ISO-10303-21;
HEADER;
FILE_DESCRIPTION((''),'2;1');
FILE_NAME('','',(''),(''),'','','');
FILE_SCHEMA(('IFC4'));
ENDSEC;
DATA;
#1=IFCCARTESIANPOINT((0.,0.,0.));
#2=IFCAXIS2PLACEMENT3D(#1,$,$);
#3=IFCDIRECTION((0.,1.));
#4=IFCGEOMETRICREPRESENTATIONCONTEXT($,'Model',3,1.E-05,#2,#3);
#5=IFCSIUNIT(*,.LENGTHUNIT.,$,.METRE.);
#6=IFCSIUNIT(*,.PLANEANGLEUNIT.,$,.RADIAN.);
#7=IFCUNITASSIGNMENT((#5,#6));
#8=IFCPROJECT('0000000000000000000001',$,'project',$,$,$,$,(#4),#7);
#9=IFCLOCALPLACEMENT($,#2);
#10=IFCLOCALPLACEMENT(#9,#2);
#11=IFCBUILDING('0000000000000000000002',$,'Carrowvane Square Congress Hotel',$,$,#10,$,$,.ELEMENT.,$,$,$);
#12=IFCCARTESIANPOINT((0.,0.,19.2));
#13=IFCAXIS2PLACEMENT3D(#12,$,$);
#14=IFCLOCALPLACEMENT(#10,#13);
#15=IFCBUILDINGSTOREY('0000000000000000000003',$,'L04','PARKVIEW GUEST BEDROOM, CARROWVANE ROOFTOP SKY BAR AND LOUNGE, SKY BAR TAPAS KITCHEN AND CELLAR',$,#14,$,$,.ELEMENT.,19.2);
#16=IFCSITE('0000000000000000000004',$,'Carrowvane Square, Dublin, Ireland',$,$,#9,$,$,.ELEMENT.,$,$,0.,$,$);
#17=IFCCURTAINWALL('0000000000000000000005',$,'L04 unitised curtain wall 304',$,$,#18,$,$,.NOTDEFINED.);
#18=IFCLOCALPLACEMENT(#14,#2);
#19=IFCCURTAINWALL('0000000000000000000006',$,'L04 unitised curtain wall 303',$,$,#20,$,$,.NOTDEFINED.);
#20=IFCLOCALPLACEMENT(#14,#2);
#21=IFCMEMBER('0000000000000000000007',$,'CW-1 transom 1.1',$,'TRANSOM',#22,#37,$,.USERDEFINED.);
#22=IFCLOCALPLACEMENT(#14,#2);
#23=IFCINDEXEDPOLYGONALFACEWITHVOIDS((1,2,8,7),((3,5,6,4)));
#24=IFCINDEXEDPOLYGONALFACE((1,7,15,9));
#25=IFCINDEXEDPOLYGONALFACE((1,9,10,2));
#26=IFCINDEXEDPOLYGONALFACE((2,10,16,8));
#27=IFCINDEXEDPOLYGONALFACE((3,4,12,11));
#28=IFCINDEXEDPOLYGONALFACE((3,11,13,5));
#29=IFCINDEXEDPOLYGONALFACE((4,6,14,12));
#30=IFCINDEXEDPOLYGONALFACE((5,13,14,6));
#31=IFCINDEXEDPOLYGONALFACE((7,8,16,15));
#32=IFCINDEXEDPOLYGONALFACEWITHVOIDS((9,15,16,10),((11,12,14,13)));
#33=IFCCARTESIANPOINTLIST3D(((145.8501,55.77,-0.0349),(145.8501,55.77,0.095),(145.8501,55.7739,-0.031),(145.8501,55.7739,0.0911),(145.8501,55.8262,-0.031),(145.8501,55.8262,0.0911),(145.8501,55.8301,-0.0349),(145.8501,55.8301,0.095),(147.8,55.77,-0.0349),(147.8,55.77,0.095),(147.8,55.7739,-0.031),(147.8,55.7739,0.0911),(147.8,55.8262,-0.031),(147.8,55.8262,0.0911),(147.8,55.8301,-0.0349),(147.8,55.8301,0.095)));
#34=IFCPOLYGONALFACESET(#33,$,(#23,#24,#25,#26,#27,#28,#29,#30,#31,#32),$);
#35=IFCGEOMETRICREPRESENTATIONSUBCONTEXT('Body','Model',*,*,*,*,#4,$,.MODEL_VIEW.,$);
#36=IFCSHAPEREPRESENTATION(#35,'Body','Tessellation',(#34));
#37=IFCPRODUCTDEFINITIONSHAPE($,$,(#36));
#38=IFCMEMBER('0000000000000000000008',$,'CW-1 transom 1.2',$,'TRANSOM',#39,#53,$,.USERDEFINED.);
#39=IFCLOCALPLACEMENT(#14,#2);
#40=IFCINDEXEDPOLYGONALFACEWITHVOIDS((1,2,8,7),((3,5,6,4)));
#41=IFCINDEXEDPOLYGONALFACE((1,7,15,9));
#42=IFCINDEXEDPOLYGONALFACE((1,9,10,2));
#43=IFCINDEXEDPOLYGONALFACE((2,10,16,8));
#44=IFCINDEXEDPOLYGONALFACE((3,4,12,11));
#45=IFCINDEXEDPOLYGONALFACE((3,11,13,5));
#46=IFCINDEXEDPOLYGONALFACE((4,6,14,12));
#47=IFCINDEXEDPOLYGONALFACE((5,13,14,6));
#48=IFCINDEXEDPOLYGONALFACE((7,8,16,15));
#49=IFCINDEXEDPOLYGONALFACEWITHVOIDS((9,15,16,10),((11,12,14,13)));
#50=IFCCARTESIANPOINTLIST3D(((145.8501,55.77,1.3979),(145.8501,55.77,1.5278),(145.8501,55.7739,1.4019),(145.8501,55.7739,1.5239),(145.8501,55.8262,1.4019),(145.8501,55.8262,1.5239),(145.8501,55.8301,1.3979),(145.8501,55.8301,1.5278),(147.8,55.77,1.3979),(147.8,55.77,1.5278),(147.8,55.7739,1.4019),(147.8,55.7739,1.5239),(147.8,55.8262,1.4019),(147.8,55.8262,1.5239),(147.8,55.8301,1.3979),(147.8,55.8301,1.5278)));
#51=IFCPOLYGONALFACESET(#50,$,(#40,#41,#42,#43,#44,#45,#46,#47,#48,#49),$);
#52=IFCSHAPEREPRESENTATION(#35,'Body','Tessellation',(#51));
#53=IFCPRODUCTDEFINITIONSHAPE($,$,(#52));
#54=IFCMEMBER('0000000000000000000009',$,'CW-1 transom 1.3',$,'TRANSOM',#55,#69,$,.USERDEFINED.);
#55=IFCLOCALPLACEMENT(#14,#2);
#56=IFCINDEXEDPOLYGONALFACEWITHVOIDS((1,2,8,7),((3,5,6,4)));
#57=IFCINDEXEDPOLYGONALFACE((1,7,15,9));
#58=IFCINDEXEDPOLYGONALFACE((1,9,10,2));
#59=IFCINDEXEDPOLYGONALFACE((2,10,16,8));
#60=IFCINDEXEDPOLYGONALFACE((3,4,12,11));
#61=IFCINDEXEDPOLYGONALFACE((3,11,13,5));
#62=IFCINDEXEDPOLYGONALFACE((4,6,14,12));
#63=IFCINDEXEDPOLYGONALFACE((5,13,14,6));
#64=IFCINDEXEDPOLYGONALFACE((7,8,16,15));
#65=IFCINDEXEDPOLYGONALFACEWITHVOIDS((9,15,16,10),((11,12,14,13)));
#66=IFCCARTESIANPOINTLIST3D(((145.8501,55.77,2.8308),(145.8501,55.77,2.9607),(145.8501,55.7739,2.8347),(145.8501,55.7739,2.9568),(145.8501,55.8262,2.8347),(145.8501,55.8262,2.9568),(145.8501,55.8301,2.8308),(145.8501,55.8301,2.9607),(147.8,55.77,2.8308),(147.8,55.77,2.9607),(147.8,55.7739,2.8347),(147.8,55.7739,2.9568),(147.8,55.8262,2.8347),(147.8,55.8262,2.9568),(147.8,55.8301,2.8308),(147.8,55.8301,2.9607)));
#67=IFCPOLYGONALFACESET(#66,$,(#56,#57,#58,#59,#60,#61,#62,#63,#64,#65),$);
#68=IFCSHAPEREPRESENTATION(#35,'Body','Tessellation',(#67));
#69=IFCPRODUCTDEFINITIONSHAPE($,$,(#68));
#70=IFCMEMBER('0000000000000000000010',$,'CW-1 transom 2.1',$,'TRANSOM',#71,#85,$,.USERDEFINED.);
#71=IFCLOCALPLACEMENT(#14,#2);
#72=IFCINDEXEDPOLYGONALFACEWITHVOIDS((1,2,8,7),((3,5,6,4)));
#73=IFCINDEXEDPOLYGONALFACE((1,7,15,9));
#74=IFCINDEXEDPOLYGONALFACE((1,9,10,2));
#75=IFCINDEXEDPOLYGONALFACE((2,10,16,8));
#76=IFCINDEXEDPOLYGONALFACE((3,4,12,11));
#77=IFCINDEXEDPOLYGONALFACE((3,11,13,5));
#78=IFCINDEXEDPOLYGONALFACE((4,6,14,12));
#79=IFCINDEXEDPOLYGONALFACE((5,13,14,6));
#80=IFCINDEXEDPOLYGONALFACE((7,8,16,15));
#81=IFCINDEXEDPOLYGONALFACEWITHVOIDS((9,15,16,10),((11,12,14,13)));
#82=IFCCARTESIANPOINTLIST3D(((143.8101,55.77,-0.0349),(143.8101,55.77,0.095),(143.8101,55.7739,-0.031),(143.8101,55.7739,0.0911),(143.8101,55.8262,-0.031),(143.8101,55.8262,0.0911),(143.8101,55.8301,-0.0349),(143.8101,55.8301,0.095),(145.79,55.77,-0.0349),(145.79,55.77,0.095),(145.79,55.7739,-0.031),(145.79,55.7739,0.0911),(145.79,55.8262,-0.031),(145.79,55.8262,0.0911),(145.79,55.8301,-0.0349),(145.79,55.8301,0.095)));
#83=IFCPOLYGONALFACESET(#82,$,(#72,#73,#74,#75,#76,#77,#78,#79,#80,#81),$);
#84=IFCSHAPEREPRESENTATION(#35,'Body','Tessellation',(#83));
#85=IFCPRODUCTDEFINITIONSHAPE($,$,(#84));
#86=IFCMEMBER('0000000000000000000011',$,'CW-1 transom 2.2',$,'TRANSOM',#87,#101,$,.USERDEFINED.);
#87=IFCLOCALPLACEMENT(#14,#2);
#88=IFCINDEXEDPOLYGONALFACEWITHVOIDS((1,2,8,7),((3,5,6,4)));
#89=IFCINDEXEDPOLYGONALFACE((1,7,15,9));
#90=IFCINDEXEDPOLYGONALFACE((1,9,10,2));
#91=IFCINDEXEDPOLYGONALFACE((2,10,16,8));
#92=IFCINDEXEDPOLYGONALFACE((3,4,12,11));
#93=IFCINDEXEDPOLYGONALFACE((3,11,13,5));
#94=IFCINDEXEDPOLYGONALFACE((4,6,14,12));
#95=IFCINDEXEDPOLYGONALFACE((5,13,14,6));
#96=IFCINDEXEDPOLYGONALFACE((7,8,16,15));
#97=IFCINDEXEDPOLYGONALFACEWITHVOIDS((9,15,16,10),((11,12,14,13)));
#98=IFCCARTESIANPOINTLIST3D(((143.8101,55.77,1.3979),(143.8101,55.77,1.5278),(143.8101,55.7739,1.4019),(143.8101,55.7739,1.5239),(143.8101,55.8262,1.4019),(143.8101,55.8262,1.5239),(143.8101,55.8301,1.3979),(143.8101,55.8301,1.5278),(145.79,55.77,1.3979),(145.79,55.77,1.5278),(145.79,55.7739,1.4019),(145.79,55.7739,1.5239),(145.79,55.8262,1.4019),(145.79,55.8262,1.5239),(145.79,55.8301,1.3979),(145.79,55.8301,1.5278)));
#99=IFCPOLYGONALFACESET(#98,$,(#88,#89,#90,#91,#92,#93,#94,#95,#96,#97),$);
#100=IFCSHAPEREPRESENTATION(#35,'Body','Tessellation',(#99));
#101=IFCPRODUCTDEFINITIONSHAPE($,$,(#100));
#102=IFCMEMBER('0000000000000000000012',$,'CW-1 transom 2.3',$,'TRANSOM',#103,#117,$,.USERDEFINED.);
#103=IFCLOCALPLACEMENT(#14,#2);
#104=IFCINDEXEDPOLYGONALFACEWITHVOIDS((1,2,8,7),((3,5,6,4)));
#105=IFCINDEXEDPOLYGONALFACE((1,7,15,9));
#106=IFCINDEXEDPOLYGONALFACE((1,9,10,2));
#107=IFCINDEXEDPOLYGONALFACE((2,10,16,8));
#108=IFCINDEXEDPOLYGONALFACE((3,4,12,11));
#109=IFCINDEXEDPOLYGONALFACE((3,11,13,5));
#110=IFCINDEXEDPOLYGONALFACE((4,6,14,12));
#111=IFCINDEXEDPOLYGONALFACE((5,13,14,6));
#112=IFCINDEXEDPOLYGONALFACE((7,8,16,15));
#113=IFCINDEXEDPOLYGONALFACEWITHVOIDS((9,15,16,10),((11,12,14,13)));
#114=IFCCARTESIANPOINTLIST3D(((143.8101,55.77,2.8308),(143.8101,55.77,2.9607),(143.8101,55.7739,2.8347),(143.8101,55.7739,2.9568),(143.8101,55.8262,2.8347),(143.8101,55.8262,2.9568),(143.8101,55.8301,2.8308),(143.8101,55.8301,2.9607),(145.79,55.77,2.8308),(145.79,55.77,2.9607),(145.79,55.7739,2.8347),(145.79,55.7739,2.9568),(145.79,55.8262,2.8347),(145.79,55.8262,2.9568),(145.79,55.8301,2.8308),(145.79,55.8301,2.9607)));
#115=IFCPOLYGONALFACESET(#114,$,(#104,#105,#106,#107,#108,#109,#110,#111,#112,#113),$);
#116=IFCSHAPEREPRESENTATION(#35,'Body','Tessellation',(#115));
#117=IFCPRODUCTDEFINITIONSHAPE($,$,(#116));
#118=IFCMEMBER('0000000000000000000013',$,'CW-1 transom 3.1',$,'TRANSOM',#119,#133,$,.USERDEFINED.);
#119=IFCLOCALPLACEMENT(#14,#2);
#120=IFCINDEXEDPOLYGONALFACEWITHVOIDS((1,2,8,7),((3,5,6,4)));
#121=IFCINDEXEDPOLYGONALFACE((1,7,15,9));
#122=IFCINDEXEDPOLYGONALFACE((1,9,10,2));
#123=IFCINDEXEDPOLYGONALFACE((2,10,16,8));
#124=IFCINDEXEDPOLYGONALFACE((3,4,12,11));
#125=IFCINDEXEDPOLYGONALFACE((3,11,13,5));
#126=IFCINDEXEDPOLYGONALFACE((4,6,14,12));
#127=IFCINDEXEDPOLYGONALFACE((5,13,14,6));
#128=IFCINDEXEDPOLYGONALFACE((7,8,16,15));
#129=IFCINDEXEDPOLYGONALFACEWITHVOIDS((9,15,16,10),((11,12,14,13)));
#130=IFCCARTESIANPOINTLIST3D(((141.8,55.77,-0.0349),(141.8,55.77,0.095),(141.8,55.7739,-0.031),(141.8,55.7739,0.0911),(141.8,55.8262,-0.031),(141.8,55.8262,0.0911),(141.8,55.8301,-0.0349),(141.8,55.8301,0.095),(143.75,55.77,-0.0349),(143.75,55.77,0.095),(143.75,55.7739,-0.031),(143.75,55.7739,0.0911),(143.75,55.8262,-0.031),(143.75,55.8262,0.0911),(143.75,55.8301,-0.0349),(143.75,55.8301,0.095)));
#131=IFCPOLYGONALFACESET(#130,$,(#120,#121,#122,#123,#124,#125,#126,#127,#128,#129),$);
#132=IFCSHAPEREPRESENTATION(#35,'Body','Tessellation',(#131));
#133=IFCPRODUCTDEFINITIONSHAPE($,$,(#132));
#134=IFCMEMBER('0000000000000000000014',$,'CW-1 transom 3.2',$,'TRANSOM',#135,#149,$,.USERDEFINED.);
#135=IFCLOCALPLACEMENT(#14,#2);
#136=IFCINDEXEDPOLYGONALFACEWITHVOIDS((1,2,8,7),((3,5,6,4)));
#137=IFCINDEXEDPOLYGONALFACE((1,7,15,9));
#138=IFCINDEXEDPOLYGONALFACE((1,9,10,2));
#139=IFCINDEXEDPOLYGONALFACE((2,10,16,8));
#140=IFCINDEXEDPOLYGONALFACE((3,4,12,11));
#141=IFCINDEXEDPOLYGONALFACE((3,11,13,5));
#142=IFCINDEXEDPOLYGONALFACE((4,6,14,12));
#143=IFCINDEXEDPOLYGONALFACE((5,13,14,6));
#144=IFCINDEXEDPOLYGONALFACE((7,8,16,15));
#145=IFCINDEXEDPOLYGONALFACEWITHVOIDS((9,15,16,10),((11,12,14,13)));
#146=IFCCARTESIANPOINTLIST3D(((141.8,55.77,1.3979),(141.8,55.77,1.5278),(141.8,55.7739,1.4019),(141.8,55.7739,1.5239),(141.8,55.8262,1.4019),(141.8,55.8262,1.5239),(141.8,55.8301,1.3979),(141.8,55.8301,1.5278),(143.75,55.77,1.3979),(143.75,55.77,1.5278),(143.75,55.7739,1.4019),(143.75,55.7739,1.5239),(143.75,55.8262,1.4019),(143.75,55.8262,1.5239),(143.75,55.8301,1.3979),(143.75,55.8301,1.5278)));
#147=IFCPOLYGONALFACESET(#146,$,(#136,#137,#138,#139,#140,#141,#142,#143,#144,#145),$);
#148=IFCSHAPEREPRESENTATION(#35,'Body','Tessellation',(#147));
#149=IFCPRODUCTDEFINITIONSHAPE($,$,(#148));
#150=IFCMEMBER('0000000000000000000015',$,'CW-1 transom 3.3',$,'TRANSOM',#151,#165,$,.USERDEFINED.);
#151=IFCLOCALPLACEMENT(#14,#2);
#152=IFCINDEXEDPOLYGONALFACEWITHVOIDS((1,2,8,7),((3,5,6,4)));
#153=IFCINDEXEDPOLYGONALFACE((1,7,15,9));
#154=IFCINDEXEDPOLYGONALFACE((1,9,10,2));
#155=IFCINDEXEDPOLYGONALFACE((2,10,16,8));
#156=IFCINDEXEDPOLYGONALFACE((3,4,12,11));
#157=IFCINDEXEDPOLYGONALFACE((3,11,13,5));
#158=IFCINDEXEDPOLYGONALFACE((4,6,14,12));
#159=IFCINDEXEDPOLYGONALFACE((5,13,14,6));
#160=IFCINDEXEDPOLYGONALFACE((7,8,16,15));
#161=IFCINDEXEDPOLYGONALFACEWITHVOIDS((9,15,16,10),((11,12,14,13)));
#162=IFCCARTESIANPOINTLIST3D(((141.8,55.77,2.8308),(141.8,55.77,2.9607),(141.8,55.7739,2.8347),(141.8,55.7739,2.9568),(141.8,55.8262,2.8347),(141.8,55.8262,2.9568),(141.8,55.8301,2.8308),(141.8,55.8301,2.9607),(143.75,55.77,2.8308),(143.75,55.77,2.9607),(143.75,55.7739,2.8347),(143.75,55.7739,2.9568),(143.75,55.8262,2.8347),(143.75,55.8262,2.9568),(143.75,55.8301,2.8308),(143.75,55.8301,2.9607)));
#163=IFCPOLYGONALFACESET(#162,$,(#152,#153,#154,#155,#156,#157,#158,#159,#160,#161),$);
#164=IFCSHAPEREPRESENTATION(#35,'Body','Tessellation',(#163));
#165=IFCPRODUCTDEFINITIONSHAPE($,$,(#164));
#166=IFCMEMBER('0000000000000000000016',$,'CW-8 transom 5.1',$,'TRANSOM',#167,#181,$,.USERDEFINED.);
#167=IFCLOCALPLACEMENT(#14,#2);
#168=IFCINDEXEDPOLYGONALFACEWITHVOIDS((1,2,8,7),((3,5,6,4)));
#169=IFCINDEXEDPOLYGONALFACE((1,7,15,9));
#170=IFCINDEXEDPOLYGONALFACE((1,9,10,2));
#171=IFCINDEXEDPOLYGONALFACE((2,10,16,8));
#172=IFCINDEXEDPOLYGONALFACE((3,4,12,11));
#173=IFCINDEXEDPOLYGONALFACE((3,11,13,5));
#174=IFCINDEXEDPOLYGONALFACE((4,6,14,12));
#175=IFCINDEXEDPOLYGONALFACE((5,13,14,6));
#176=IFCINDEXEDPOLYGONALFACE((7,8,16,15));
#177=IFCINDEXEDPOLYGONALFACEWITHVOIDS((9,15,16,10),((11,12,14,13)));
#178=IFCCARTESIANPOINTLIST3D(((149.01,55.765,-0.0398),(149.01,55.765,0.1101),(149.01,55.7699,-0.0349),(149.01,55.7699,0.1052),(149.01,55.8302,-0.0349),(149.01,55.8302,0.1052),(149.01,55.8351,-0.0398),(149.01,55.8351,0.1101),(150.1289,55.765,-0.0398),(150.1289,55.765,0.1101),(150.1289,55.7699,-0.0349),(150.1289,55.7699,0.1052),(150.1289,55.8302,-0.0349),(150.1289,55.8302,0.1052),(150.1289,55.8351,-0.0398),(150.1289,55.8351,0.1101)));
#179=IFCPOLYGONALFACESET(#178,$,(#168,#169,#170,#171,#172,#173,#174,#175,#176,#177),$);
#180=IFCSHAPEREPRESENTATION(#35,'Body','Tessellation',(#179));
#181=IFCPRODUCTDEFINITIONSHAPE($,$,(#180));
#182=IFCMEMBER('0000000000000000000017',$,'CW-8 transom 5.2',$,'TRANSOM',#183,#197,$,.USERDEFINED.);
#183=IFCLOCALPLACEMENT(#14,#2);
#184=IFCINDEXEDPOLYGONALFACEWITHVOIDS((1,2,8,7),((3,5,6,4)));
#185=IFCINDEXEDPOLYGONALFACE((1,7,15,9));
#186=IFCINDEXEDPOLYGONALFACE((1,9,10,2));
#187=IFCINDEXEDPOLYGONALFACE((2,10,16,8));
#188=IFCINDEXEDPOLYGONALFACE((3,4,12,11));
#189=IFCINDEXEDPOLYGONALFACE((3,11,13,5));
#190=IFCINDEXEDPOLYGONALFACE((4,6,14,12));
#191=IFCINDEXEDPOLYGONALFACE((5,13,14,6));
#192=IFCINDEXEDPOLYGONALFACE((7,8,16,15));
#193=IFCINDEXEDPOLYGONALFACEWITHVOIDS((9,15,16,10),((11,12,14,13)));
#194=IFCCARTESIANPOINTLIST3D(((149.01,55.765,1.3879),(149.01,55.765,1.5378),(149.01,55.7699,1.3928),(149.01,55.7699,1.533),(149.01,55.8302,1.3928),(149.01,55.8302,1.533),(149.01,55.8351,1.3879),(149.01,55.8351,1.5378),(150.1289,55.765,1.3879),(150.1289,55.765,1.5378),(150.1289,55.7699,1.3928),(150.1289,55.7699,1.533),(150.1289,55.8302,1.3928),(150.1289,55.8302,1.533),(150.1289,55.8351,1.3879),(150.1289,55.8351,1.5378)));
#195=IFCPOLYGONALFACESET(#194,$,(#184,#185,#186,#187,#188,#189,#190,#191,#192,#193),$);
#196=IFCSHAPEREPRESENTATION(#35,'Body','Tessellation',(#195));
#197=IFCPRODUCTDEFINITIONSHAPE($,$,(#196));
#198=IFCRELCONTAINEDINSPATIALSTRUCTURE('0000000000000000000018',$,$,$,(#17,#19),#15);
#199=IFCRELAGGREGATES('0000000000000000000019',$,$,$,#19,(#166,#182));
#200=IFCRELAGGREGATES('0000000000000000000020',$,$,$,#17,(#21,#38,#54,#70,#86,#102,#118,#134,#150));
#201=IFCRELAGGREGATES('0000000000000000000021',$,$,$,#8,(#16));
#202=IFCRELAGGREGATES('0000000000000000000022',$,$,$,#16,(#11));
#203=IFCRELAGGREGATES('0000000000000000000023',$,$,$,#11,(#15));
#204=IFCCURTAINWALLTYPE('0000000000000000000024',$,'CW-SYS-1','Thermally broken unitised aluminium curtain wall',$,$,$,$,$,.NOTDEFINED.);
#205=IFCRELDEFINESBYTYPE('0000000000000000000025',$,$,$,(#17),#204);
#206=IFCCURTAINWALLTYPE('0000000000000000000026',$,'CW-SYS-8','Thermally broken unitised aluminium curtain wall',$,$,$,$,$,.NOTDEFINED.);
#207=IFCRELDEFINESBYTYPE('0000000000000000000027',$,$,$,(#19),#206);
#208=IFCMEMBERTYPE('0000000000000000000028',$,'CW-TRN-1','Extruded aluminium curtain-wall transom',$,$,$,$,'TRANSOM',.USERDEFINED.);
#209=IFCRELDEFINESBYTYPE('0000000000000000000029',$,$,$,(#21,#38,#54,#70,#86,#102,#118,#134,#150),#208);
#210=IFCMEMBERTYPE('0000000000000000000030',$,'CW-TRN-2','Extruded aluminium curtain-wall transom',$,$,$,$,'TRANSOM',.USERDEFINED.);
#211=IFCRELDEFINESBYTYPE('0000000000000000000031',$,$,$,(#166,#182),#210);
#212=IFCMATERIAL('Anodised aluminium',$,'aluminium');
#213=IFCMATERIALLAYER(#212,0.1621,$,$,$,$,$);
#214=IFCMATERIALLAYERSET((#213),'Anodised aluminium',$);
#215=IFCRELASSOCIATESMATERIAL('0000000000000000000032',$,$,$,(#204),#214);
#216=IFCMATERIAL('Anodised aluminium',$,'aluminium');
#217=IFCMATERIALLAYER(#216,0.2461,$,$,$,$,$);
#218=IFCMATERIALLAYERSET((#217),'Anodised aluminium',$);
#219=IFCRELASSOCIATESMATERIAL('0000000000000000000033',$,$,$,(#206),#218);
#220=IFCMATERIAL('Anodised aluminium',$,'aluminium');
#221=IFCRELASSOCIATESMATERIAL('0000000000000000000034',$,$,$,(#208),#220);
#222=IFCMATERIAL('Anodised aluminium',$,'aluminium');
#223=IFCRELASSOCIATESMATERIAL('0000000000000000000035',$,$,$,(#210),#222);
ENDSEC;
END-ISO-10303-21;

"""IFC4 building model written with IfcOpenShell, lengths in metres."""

from ifc_helpers import new_model, si_unit, direction, frame, origin, origin_2d, place, context, subcontext, project, spatial, hollow_rectangle, extrude, material, layer, layer_set, material_profile, profile_set, type_object, element, aggregate, save


model = new_model("IFC4")

# Units and contexts
model_context = context("Model", 3, precision=1e-05, world=origin(), true_north=direction((0.0, 1.0)))
body_context = subcontext(model_context, "Body", "Model", "MODEL_VIEW")
ifc_project = project(units=[si_unit("LENGTHUNIT", "METRE"), si_unit("PLANEANGLEUNIT", "RADIAN")], contexts=[model_context])

# Site, building, storey
site_placement = place(None, origin())
site = spatial("IfcSite", under=ifc_project, at=site_placement, Name="Carrowvane Square, Dublin, Ireland", CompositionType="ELEMENT", RefElevation=0.0)
building_placement = place(site_placement, origin())
building = spatial("IfcBuilding", under=site, at=building_placement, Name="Carrowvane Square Congress Hotel", CompositionType="ELEMENT")
storey_placement = place(building_placement, frame((0.0, 0.0, 19.2)))
storey = spatial("IfcBuildingStorey", under=building, at=storey_placement, Name="L04", Description="PARKVIEW GUEST BEDROOM, CARROWVANE ROOFTOP SKY BAR AND LOUNGE, SKY BAR TAPAS KITCHEN AND CELLAR", CompositionType="ELEMENT", Elevation=19.2)

# Curtain wall
ifc_material_1 = material(Name="Anodised aluminium", Category="aluminium")
ifc_layer_1 = layer(ifc_material_1, 0.1621)
ifc_layer_set_1 = layer_set([ifc_layer_1], Name="Anodised aluminium")
curtain_wall_type_1 = type_object("IfcCurtainWallType", Name="CW-SYS-1", Description="Thermally broken unitised aluminium curtain wall", PredefinedType="NOTDEFINED", material=ifc_layer_set_1)
curtain_wall_1_placement = place(storey_placement, origin())
curtain_wall_1 = element("IfcCurtainWall", 1, at=curtain_wall_1_placement, inside=storey, type_object=curtain_wall_type_1, Name="L04 unitised curtain wall 304", PredefinedType="NOTDEFINED")

# Curtain wall
ifc_material_2 = material(Name="Anodised aluminium", Category="aluminium")
ifc_layer_2 = layer(ifc_material_2, 0.2461)
ifc_layer_set_2 = layer_set([ifc_layer_2], Name="Anodised aluminium")
curtain_wall_type_2 = type_object("IfcCurtainWallType", Name="CW-SYS-8", Description="Thermally broken unitised aluminium curtain wall", PredefinedType="NOTDEFINED", material=ifc_layer_set_2)
curtain_wall_2_placement = place(storey_placement, origin())
curtain_wall_2 = element("IfcCurtainWall", 2, at=curtain_wall_2_placement, inside=storey, type_object=curtain_wall_type_2, Name="L04 unitised curtain wall 303", PredefinedType="NOTDEFINED")

# Members
ifc_material_3 = material(Name="Anodised aluminium", Category="aluminium")
ifc_material_profile_1 = material_profile(ifc_material_3, hollow_rectangle(XDim=0.0601, YDim=0.1299, WallThickness=0.0039, at=origin_2d()), Name="CW-TR 60x130x4")
ifc_profile_set_1 = profile_set([ifc_material_profile_1], Name="Anodised aluminium")
member_type_1 = type_object("IfcMemberType", Name="CW-TRN-1", Description="Extruded aluminium curtain-wall transom", ElementType="TRANSOM", PredefinedType="USERDEFINED", material=ifc_profile_set_1)
member_1_placement = place(storey_placement, frame((147.8, 55.8, 0.03), z_axis=(-1.0, 0.0, 0.0), x_axis=(0.0, -1.0, 0.0)))
member_1 = element("IfcMember", 3, at=member_1_placement, type_object=member_type_1, Name="CW-1 transom 1.1", ObjectType="TRANSOM", PredefinedType="USERDEFINED", context=body_context, shape_type="SweptSolid", body=[
    extrude(hollow_rectangle(XDim=0.0601, YDim=0.1299, WallThickness=0.0039, at=origin_2d()), origin(), (0.0, 0.0, 1.0), 1.95),
])
member_2_placement = place(storey_placement, frame((147.8, 55.8, 1.4629), z_axis=(-1.0, 0.0, 0.0), x_axis=(0.0, -1.0, 0.0)))
member_2 = element("IfcMember", 4, at=member_2_placement, type_object=member_type_1, Name="CW-1 transom 1.2", ObjectType="TRANSOM", PredefinedType="USERDEFINED", context=body_context, shape_type="SweptSolid", body=[
    extrude(hollow_rectangle(XDim=0.0601, YDim=0.1299, WallThickness=0.0039, at=origin_2d()), origin(), (0.0, 0.0, 1.0), 1.95),
])
member_3_placement = place(storey_placement, frame((147.8, 55.8, 2.8958), z_axis=(-1.0, 0.0, 0.0), x_axis=(0.0, -1.0, 0.0)))
member_3 = element("IfcMember", 5, at=member_3_placement, type_object=member_type_1, Name="CW-1 transom 1.3", ObjectType="TRANSOM", PredefinedType="USERDEFINED", context=body_context, shape_type="SweptSolid", body=[
    extrude(hollow_rectangle(XDim=0.0601, YDim=0.1299, WallThickness=0.0039, at=origin_2d()), origin(), (0.0, 0.0, 1.0), 1.95),
])
member_4_placement = place(storey_placement, frame((145.79, 55.8, 0.03), z_axis=(-1.0, 0.0, 0.0), x_axis=(0.0, -1.0, 0.0)))
member_4 = element("IfcMember", 6, at=member_4_placement, type_object=member_type_1, Name="CW-1 transom 2.1", ObjectType="TRANSOM", PredefinedType="USERDEFINED", context=body_context, shape_type="SweptSolid", body=[
    extrude(hollow_rectangle(XDim=0.0601, YDim=0.1299, WallThickness=0.0039, at=origin_2d()), origin(), (0.0, 0.0, 1.0), 1.98),
])
member_5_placement = place(storey_placement, frame((145.79, 55.8, 1.4629), z_axis=(-1.0, 0.0, 0.0), x_axis=(0.0, -1.0, 0.0)))
member_5 = element("IfcMember", 7, at=member_5_placement, type_object=member_type_1, Name="CW-1 transom 2.2", ObjectType="TRANSOM", PredefinedType="USERDEFINED", context=body_context, shape_type="SweptSolid", body=[
    extrude(hollow_rectangle(XDim=0.0601, YDim=0.1299, WallThickness=0.0039, at=origin_2d()), origin(), (0.0, 0.0, 1.0), 1.98),
])
member_6_placement = place(storey_placement, frame((145.79, 55.8, 2.8958), z_axis=(-1.0, 0.0, 0.0), x_axis=(0.0, -1.0, 0.0)))
member_6 = element("IfcMember", 8, at=member_6_placement, type_object=member_type_1, Name="CW-1 transom 2.3", ObjectType="TRANSOM", PredefinedType="USERDEFINED", context=body_context, shape_type="SweptSolid", body=[
    extrude(hollow_rectangle(XDim=0.0601, YDim=0.1299, WallThickness=0.0039, at=origin_2d()), origin(), (0.0, 0.0, 1.0), 1.98),
])
member_7_placement = place(storey_placement, frame((143.75, 55.8, 0.03), z_axis=(-1.0, 0.0, 0.0), x_axis=(0.0, -1.0, 0.0)))
member_7 = element("IfcMember", 9, at=member_7_placement, type_object=member_type_1, Name="CW-1 transom 3.1", ObjectType="TRANSOM", PredefinedType="USERDEFINED", context=body_context, shape_type="SweptSolid", body=[
    extrude(hollow_rectangle(XDim=0.0601, YDim=0.1299, WallThickness=0.0039, at=origin_2d()), origin(), (0.0, 0.0, 1.0), 1.95),
])
member_8_placement = place(storey_placement, frame((143.75, 55.8, 1.4629), z_axis=(-1.0, 0.0, 0.0), x_axis=(0.0, -1.0, 0.0)))
member_8 = element("IfcMember", 10, at=member_8_placement, type_object=member_type_1, Name="CW-1 transom 3.2", ObjectType="TRANSOM", PredefinedType="USERDEFINED", context=body_context, shape_type="SweptSolid", body=[
    extrude(hollow_rectangle(XDim=0.0601, YDim=0.1299, WallThickness=0.0039, at=origin_2d()), origin(), (0.0, 0.0, 1.0), 1.95),
])
member_9_placement = place(storey_placement, frame((143.75, 55.8, 2.8958), z_axis=(-1.0, 0.0, 0.0), x_axis=(0.0, -1.0, 0.0)))
member_9 = element("IfcMember", 11, at=member_9_placement, type_object=member_type_1, Name="CW-1 transom 3.3", ObjectType="TRANSOM", PredefinedType="USERDEFINED", context=body_context, shape_type="SweptSolid", body=[
    extrude(hollow_rectangle(XDim=0.0601, YDim=0.1299, WallThickness=0.0039, at=origin_2d()), origin(), (0.0, 0.0, 1.0), 1.95),
])
ifc_material_4 = material(Name="Anodised aluminium", Category="aluminium")
ifc_material_profile_2 = material_profile(ifc_material_4, hollow_rectangle(XDim=0.0701, YDim=0.1499, WallThickness=0.0049, at=origin_2d()), Name="CW-TR 70x150x5")
ifc_profile_set_2 = profile_set([ifc_material_profile_2], Name="Anodised aluminium")
member_type_2 = type_object("IfcMemberType", Name="CW-TRN-2", Description="Extruded aluminium curtain-wall transom", ElementType="TRANSOM", PredefinedType="USERDEFINED", material=ifc_profile_set_2)
member_10_placement = place(storey_placement, frame((150.1289, 55.8, 0.0352), z_axis=(-1.0, 0.0, 0.0), x_axis=(0.0, -1.0, 0.0)))
member_10 = element("IfcMember", 12, at=member_10_placement, type_object=member_type_2, Name="CW-8 transom 5.1", ObjectType="TRANSOM", PredefinedType="USERDEFINED", context=body_context, shape_type="SweptSolid", body=[
    extrude(hollow_rectangle(XDim=0.0701, YDim=0.1499, WallThickness=0.0049, at=origin_2d()), origin(), (0.0, 0.0, 1.0), 1.1189),
])
member_11_placement = place(storey_placement, frame((150.1289, 55.8, 1.4629), z_axis=(-1.0, 0.0, 0.0), x_axis=(0.0, -1.0, 0.0)))
member_11 = element("IfcMember", 13, at=member_11_placement, type_object=member_type_2, Name="CW-8 transom 5.2", ObjectType="TRANSOM", PredefinedType="USERDEFINED", context=body_context, shape_type="SweptSolid", body=[
    extrude(hollow_rectangle(XDim=0.0701, YDim=0.1499, WallThickness=0.0049, at=origin_2d()), origin(), (0.0, 0.0, 1.0), 1.1189),
])

aggregate(curtain_wall_2, [member_10, member_11])
aggregate(curtain_wall_1, [member_1, member_2, member_3, member_4, member_5, member_6, member_7, member_8, member_9])

save(model, "model.ifc")
